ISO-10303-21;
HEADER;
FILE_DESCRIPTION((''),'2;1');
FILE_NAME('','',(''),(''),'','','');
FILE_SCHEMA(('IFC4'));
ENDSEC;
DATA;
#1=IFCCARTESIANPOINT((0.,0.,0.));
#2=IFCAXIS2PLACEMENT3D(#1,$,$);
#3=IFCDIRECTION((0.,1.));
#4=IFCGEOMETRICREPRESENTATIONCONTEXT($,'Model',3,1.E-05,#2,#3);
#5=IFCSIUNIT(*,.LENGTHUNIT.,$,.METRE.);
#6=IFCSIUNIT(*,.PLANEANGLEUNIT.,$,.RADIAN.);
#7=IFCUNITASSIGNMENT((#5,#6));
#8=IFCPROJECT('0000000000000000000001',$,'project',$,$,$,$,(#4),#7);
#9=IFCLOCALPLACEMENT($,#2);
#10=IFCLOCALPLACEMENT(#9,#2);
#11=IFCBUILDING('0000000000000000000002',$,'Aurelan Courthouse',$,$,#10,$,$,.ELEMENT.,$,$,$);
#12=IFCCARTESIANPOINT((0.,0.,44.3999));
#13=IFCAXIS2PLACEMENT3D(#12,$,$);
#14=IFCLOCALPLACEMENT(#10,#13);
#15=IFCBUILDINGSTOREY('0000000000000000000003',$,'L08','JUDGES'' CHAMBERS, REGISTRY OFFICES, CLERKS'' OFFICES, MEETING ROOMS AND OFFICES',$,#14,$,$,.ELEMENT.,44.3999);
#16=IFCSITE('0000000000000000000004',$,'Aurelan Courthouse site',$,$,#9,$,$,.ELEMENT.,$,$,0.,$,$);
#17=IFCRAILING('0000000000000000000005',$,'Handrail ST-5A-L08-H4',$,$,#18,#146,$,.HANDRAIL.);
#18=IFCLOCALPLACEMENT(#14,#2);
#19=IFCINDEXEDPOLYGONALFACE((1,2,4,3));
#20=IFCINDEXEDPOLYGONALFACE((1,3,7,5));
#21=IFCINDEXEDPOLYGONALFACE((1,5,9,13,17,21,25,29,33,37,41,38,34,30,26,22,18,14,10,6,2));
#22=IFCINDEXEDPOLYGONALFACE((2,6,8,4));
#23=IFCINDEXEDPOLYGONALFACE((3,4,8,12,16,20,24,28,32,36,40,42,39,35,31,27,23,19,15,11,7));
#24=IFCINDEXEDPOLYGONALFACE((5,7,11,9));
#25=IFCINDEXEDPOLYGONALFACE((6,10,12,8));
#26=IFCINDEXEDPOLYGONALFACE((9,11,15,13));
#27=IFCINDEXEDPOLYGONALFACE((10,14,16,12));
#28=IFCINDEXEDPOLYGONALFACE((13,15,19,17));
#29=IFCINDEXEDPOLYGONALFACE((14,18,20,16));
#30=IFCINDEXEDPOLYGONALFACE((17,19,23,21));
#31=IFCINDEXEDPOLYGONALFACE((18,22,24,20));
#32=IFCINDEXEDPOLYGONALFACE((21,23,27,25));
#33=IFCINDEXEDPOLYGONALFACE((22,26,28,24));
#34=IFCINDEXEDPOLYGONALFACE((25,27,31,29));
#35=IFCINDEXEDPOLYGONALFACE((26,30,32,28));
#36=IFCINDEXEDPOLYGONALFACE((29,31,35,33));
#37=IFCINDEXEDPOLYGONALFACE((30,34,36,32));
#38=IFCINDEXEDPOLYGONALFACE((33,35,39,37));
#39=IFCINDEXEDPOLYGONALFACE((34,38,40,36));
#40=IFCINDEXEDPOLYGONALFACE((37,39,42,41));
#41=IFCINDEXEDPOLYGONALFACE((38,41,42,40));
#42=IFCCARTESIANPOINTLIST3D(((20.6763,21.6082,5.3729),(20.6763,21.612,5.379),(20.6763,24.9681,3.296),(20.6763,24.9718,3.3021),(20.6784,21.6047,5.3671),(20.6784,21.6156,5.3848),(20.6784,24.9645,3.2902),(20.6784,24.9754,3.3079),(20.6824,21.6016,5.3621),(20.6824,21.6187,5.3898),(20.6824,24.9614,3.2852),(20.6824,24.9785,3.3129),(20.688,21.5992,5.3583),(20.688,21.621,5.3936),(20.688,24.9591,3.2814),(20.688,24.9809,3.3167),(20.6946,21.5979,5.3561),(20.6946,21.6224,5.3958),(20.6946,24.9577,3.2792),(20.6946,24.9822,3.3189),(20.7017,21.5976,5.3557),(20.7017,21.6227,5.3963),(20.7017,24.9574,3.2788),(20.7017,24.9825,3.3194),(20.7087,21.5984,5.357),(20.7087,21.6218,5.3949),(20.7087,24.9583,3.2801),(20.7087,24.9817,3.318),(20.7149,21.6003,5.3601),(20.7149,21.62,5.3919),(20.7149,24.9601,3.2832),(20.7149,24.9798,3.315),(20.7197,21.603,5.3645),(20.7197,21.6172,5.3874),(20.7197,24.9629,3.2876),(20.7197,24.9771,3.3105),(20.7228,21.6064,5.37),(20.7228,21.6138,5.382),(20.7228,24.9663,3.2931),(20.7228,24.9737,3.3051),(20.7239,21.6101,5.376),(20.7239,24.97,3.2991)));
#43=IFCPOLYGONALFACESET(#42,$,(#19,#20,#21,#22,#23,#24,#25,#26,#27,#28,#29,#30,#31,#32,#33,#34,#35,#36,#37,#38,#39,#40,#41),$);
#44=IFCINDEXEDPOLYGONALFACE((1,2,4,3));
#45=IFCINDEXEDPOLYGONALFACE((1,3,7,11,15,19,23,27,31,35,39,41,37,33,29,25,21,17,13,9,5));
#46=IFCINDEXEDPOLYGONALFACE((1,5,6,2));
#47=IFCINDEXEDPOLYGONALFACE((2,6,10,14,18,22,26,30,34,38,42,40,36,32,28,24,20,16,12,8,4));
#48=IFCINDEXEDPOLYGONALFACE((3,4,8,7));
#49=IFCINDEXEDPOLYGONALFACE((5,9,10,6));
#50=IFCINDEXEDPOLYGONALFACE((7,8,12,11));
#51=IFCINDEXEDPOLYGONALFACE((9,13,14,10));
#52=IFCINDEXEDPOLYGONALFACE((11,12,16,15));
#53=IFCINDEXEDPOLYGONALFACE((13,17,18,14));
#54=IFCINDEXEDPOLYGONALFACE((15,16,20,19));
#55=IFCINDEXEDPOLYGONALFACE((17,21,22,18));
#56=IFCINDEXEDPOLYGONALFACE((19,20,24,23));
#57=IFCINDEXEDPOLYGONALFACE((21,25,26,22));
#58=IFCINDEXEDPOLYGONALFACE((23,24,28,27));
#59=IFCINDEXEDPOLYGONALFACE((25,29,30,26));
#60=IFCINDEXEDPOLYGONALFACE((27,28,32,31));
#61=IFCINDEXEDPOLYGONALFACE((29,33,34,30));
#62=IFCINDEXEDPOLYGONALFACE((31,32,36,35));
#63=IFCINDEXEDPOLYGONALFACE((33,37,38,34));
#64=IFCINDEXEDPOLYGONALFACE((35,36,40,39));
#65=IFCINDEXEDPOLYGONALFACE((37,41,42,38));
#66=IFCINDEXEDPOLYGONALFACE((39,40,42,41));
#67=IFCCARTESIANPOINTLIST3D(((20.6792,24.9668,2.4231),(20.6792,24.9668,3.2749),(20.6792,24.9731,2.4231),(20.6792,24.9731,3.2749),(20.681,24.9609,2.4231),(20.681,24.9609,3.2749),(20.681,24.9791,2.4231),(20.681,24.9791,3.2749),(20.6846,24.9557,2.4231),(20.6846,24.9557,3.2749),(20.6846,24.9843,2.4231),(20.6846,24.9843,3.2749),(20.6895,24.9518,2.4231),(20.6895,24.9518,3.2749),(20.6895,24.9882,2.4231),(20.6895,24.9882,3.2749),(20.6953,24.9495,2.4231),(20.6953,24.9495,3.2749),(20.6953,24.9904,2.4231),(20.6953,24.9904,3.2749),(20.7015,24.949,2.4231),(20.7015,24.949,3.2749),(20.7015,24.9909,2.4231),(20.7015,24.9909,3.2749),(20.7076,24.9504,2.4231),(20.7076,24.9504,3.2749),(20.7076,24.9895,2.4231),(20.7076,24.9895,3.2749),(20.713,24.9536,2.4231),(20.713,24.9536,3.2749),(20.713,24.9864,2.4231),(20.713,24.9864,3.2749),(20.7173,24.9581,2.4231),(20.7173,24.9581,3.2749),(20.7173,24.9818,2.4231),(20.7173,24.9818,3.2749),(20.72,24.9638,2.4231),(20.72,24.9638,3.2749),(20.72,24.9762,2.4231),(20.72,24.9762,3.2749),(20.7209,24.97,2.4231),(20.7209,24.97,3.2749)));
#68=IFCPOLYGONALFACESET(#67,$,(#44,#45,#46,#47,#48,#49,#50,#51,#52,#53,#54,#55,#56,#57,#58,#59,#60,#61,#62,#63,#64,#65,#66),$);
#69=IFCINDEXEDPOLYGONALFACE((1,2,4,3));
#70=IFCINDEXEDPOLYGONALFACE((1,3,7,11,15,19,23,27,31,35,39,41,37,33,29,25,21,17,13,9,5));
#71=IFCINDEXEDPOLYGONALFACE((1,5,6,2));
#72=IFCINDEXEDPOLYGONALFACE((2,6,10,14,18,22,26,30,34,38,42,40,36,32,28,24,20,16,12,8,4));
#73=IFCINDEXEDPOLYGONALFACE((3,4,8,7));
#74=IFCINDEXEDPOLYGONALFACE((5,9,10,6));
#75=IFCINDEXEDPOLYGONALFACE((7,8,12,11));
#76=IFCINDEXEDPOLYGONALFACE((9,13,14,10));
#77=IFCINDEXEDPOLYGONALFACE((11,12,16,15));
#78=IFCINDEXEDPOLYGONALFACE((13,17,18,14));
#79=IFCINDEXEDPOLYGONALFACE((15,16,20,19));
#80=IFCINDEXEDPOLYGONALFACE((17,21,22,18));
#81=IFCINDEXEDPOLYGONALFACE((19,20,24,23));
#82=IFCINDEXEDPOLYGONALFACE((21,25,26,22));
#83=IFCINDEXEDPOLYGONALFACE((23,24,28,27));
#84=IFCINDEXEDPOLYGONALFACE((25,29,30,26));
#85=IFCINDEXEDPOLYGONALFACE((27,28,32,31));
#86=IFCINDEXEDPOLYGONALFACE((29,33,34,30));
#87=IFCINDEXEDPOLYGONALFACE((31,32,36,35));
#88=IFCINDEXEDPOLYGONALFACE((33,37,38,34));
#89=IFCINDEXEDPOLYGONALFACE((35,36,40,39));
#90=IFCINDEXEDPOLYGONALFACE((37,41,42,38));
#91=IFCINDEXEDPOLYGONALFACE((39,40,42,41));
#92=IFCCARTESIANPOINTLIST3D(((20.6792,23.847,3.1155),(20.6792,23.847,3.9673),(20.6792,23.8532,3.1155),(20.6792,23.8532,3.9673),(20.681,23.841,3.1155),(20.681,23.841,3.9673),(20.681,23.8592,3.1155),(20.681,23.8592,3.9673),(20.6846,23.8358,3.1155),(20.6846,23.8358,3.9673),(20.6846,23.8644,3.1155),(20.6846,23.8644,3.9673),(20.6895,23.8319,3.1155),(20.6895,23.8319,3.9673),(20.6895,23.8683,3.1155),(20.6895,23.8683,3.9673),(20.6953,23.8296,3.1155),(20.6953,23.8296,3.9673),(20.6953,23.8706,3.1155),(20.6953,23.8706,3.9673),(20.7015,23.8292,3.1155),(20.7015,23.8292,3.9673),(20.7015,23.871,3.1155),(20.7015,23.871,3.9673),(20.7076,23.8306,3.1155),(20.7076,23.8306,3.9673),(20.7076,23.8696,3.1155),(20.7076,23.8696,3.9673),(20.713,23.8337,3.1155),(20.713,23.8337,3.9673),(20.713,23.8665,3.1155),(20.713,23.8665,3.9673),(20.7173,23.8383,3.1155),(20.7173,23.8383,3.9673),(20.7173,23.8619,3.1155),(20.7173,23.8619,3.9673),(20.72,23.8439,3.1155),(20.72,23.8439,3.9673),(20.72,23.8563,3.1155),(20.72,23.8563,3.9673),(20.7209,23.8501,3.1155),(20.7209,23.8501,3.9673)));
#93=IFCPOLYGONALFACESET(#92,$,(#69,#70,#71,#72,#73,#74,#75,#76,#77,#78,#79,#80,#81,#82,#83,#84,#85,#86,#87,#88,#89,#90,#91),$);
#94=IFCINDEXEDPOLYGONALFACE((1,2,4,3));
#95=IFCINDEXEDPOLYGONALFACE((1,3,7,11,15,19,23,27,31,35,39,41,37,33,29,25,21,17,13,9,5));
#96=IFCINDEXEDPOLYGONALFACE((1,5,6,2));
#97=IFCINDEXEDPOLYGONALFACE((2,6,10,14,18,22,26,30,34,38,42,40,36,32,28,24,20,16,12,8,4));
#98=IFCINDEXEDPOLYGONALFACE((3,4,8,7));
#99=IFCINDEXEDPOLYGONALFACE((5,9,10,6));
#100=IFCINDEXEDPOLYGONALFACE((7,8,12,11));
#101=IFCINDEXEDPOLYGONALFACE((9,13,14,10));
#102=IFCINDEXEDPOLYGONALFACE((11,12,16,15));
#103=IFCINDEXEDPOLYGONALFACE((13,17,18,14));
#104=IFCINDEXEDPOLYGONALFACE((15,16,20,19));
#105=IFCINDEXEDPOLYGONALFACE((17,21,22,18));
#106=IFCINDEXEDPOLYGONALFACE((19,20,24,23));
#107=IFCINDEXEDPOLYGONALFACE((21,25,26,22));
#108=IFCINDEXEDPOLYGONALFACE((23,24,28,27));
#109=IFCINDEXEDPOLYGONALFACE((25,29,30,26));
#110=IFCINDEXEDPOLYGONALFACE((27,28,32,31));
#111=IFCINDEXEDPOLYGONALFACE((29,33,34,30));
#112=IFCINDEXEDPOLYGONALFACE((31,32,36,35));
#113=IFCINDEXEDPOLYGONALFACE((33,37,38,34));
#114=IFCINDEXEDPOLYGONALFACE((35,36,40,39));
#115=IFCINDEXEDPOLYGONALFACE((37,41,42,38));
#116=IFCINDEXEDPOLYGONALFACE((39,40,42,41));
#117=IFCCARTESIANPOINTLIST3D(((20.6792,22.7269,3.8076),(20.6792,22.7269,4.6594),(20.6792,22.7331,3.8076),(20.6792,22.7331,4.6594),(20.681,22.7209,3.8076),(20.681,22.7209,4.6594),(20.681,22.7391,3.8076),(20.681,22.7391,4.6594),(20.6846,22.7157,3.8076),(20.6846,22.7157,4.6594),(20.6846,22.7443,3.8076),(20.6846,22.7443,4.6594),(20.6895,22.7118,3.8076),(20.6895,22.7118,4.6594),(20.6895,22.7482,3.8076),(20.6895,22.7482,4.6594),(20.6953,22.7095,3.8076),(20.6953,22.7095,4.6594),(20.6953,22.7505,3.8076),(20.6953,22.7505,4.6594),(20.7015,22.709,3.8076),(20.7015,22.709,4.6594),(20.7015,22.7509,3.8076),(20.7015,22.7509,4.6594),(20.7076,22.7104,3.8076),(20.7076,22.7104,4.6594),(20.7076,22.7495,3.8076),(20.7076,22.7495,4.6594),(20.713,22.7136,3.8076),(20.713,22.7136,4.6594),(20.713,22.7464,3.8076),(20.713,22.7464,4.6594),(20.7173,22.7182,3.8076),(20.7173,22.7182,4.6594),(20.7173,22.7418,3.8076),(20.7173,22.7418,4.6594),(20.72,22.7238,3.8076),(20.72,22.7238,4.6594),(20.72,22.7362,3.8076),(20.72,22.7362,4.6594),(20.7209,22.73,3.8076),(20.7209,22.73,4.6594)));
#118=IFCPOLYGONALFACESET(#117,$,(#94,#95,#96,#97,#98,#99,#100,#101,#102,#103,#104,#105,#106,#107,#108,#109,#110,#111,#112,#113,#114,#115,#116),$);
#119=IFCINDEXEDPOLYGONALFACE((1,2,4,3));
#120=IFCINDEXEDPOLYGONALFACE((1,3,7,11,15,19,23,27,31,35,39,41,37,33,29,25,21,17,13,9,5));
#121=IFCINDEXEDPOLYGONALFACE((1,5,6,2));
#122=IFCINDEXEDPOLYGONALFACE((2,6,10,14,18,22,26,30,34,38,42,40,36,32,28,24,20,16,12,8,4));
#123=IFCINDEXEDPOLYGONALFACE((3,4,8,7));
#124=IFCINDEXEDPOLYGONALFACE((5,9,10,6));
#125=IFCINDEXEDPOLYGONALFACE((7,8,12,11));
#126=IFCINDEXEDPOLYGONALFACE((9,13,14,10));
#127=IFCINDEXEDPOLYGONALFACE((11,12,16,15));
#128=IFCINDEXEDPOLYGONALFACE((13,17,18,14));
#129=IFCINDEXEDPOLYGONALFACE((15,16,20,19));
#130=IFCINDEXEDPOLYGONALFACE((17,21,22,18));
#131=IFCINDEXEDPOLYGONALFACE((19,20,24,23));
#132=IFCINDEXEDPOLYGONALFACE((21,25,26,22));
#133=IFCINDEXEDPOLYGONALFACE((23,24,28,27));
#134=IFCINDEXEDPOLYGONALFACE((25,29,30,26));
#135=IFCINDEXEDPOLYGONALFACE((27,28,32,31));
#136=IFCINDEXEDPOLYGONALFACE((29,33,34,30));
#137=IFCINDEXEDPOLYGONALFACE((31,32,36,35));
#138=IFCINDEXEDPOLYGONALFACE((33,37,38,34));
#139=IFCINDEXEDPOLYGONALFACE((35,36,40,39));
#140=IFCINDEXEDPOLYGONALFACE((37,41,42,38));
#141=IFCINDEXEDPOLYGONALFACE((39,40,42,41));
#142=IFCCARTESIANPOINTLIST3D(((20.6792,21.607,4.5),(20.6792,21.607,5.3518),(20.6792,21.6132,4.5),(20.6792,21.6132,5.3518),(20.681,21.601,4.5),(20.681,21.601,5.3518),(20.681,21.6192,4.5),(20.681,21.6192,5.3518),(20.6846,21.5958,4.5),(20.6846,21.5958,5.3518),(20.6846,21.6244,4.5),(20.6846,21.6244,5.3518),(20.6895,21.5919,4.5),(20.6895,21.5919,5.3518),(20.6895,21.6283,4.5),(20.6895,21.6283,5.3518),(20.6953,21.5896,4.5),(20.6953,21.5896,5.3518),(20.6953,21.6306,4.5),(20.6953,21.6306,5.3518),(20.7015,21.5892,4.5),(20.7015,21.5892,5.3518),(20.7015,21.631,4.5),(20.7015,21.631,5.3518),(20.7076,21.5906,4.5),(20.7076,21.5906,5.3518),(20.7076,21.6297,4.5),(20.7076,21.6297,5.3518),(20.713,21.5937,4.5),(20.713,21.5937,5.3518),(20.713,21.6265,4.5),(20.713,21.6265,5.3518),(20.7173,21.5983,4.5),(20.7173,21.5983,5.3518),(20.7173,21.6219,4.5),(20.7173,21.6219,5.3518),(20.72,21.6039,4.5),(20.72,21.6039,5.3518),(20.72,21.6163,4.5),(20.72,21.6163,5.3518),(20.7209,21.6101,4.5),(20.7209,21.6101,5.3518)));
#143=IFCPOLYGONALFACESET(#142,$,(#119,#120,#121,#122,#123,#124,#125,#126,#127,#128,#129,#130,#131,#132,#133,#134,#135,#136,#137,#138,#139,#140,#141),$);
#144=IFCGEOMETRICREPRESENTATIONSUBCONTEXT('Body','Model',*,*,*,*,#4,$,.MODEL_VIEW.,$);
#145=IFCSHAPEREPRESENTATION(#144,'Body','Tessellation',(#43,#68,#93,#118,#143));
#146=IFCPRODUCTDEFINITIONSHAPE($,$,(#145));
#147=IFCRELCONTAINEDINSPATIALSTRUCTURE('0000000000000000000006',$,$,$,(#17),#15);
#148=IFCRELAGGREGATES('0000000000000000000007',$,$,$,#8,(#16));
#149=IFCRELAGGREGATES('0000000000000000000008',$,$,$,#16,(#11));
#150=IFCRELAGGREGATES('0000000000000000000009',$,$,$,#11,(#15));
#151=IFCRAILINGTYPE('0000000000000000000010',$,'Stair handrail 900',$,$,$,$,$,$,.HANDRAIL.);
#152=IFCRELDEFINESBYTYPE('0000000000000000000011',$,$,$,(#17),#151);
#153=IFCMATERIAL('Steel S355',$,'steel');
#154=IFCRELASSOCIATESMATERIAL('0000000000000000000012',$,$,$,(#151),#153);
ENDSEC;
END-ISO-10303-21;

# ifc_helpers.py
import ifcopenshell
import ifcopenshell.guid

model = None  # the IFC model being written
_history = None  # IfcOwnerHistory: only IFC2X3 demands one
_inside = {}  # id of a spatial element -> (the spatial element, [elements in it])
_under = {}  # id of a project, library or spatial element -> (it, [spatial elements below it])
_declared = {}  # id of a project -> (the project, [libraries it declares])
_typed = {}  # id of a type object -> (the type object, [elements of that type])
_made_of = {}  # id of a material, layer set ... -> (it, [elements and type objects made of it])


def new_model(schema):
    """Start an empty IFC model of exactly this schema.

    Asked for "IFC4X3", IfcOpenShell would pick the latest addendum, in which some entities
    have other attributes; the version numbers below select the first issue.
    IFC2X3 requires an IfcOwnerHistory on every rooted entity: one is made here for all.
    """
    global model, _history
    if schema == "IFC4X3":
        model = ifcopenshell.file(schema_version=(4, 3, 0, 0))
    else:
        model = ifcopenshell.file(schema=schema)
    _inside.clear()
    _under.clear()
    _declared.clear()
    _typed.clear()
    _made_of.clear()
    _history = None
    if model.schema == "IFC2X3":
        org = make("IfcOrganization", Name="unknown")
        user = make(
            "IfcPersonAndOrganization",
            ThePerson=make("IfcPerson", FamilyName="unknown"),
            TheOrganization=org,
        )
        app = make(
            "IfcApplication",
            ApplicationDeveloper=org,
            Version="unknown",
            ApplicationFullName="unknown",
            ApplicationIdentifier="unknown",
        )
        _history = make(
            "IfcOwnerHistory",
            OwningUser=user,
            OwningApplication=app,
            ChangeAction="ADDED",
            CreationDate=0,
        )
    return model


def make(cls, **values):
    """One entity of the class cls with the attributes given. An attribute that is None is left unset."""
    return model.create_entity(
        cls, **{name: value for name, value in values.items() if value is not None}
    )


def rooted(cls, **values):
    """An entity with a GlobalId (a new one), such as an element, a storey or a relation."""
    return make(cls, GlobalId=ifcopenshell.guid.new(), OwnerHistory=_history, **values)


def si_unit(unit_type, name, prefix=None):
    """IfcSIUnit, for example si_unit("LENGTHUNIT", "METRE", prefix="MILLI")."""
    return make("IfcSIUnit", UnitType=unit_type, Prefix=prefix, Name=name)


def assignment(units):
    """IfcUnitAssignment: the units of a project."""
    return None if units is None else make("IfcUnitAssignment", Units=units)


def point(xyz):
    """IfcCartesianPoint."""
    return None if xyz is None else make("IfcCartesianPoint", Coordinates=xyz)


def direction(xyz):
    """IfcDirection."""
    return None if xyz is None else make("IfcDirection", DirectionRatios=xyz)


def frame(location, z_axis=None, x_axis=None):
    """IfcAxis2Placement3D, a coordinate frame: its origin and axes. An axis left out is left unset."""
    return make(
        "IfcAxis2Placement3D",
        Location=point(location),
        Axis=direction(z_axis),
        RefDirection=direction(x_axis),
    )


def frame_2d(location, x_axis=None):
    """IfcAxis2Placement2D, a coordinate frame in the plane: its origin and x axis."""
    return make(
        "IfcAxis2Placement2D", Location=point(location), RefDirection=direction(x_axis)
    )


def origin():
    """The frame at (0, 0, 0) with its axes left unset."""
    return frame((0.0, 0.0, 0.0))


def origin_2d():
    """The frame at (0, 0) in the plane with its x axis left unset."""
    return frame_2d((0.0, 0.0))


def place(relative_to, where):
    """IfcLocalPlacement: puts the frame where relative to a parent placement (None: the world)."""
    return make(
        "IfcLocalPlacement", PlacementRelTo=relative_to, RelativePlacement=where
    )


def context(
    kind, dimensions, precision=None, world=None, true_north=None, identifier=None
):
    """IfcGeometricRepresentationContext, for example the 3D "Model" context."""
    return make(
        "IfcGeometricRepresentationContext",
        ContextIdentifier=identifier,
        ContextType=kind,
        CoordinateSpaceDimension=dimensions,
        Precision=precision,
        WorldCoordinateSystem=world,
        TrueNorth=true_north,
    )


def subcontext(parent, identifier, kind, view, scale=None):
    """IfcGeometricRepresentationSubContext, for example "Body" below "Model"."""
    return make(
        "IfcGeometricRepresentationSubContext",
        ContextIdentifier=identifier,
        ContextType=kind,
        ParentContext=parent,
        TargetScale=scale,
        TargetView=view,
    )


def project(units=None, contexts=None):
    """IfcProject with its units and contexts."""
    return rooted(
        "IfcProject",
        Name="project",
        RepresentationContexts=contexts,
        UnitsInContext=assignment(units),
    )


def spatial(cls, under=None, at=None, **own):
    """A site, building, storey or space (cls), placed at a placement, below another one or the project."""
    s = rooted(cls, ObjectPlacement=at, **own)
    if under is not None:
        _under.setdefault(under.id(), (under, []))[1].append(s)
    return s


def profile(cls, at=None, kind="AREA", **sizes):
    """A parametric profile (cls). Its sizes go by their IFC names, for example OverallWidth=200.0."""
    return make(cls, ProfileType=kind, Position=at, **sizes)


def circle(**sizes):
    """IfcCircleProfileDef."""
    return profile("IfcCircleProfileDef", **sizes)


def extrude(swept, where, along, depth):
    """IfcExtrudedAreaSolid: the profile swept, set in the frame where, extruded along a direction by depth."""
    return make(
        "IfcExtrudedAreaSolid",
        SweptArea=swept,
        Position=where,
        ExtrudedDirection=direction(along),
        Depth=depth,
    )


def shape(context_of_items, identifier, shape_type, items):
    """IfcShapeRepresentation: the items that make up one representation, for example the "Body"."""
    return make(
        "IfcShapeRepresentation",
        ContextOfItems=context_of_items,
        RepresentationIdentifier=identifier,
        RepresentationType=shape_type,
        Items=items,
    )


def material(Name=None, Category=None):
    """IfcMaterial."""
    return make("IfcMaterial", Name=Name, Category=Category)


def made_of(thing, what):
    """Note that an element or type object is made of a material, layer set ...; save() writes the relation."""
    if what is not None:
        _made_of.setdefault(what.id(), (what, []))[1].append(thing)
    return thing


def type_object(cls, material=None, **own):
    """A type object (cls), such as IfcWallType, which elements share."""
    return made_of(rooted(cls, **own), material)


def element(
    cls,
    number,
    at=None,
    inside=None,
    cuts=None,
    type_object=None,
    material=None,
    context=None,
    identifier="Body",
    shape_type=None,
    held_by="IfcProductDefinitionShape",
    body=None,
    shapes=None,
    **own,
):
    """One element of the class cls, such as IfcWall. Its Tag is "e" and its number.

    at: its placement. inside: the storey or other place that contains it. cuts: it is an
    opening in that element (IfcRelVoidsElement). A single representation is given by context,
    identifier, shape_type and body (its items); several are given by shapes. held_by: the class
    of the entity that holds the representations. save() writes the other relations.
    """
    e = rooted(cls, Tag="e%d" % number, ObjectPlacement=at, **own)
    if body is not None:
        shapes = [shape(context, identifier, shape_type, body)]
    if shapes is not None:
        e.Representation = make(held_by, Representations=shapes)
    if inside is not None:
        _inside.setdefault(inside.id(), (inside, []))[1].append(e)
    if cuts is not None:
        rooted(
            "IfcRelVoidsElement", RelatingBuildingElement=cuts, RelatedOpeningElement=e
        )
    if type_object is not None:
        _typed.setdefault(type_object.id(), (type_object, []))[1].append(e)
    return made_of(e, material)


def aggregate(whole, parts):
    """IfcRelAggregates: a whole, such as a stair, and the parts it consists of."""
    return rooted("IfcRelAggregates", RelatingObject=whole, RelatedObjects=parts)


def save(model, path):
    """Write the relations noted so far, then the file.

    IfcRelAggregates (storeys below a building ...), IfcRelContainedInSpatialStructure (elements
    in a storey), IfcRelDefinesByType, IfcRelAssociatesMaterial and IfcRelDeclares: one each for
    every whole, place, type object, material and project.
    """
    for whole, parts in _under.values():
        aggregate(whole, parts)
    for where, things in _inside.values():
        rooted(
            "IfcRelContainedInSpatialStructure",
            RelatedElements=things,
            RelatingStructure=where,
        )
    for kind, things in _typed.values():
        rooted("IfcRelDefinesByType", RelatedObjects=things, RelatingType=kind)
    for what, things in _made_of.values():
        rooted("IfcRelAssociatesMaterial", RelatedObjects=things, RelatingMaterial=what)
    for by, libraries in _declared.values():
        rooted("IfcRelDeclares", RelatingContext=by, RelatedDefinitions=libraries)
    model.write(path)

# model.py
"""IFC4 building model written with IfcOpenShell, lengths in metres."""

from ifc_helpers import new_model, si_unit, direction, frame, origin, origin_2d, place, context, subcontext, project, spatial, circle, extrude, material, type_object, element, save


model = new_model("IFC4")

# Units and contexts
model_context = context("Model", 3, precision=1e-05, world=origin(), true_north=direction((0.0, 1.0)))
body_context = subcontext(model_context, "Body", "Model", "MODEL_VIEW")
ifc_project = project(units=[si_unit("LENGTHUNIT", "METRE"), si_unit("PLANEANGLEUNIT", "RADIAN")], contexts=[model_context])

# Site, building, storey
site_placement = place(None, origin())
site = spatial("IfcSite", under=ifc_project, at=site_placement, Name="Aurelan Courthouse site", CompositionType="ELEMENT", RefElevation=0.0)
building_placement = place(site_placement, origin())
building = spatial("IfcBuilding", under=site, at=building_placement, Name="Aurelan Courthouse", CompositionType="ELEMENT")
storey_placement = place(building_placement, frame((0.0, 0.0, 44.3999)))
storey = spatial("IfcBuildingStorey", under=building, at=storey_placement, Name="L08", Description="JUDGES' CHAMBERS, REGISTRY OFFICES, CLERKS' OFFICES, MEETING ROOMS AND OFFICES", CompositionType="ELEMENT", Elevation=44.3999)

# Railing
ifc_material_1 = material(Name="Steel S355", Category="steel")
railing_type_1 = type_object("IfcRailingType", Name="Stair handrail 900", PredefinedType="HANDRAIL", material=ifc_material_1)
for number, where, name in (
    (1, (20.7, 24.97, 2.4231), "Handrail ST-5A-L08-H4"),
):
    element("IfcRailing", number, at=place(storey_placement, frame(where)), inside=storey, type_object=railing_type_1, Name=name, PredefinedType="HANDRAIL", context=body_context, shape_type="SweptSolid", body=[
        extrude(circle(Radius=0.0239, at=origin_2d()), frame((0.0, 0.0, 0.876), z_axis=(0.0, -0.850606, 0.525803), x_axis=(1.0, 0.0, 0.0)), (0.0, 0.0, 1.0), 3.95),
        extrude(circle(Radius=0.021, at=origin_2d()), origin(), (0.0, 0.0, 1.0), 0.8518),
        extrude(circle(Radius=0.021, at=origin_2d()), frame((0.0, -1.1199, 0.6924)), (0.0, 0.0, 1.0), 0.8518),
        extrude(circle(Radius=0.021, at=origin_2d()), frame((0.0, -2.24, 1.3845)), (0.0, 0.0, 1.0), 0.8518),
        extrude(circle(Radius=0.021, at=origin_2d()), frame((0.0, -3.3599, 2.0769)), (0.0, 0.0, 1.0), 0.8518),
    ])

save(model, "model.ifc")
